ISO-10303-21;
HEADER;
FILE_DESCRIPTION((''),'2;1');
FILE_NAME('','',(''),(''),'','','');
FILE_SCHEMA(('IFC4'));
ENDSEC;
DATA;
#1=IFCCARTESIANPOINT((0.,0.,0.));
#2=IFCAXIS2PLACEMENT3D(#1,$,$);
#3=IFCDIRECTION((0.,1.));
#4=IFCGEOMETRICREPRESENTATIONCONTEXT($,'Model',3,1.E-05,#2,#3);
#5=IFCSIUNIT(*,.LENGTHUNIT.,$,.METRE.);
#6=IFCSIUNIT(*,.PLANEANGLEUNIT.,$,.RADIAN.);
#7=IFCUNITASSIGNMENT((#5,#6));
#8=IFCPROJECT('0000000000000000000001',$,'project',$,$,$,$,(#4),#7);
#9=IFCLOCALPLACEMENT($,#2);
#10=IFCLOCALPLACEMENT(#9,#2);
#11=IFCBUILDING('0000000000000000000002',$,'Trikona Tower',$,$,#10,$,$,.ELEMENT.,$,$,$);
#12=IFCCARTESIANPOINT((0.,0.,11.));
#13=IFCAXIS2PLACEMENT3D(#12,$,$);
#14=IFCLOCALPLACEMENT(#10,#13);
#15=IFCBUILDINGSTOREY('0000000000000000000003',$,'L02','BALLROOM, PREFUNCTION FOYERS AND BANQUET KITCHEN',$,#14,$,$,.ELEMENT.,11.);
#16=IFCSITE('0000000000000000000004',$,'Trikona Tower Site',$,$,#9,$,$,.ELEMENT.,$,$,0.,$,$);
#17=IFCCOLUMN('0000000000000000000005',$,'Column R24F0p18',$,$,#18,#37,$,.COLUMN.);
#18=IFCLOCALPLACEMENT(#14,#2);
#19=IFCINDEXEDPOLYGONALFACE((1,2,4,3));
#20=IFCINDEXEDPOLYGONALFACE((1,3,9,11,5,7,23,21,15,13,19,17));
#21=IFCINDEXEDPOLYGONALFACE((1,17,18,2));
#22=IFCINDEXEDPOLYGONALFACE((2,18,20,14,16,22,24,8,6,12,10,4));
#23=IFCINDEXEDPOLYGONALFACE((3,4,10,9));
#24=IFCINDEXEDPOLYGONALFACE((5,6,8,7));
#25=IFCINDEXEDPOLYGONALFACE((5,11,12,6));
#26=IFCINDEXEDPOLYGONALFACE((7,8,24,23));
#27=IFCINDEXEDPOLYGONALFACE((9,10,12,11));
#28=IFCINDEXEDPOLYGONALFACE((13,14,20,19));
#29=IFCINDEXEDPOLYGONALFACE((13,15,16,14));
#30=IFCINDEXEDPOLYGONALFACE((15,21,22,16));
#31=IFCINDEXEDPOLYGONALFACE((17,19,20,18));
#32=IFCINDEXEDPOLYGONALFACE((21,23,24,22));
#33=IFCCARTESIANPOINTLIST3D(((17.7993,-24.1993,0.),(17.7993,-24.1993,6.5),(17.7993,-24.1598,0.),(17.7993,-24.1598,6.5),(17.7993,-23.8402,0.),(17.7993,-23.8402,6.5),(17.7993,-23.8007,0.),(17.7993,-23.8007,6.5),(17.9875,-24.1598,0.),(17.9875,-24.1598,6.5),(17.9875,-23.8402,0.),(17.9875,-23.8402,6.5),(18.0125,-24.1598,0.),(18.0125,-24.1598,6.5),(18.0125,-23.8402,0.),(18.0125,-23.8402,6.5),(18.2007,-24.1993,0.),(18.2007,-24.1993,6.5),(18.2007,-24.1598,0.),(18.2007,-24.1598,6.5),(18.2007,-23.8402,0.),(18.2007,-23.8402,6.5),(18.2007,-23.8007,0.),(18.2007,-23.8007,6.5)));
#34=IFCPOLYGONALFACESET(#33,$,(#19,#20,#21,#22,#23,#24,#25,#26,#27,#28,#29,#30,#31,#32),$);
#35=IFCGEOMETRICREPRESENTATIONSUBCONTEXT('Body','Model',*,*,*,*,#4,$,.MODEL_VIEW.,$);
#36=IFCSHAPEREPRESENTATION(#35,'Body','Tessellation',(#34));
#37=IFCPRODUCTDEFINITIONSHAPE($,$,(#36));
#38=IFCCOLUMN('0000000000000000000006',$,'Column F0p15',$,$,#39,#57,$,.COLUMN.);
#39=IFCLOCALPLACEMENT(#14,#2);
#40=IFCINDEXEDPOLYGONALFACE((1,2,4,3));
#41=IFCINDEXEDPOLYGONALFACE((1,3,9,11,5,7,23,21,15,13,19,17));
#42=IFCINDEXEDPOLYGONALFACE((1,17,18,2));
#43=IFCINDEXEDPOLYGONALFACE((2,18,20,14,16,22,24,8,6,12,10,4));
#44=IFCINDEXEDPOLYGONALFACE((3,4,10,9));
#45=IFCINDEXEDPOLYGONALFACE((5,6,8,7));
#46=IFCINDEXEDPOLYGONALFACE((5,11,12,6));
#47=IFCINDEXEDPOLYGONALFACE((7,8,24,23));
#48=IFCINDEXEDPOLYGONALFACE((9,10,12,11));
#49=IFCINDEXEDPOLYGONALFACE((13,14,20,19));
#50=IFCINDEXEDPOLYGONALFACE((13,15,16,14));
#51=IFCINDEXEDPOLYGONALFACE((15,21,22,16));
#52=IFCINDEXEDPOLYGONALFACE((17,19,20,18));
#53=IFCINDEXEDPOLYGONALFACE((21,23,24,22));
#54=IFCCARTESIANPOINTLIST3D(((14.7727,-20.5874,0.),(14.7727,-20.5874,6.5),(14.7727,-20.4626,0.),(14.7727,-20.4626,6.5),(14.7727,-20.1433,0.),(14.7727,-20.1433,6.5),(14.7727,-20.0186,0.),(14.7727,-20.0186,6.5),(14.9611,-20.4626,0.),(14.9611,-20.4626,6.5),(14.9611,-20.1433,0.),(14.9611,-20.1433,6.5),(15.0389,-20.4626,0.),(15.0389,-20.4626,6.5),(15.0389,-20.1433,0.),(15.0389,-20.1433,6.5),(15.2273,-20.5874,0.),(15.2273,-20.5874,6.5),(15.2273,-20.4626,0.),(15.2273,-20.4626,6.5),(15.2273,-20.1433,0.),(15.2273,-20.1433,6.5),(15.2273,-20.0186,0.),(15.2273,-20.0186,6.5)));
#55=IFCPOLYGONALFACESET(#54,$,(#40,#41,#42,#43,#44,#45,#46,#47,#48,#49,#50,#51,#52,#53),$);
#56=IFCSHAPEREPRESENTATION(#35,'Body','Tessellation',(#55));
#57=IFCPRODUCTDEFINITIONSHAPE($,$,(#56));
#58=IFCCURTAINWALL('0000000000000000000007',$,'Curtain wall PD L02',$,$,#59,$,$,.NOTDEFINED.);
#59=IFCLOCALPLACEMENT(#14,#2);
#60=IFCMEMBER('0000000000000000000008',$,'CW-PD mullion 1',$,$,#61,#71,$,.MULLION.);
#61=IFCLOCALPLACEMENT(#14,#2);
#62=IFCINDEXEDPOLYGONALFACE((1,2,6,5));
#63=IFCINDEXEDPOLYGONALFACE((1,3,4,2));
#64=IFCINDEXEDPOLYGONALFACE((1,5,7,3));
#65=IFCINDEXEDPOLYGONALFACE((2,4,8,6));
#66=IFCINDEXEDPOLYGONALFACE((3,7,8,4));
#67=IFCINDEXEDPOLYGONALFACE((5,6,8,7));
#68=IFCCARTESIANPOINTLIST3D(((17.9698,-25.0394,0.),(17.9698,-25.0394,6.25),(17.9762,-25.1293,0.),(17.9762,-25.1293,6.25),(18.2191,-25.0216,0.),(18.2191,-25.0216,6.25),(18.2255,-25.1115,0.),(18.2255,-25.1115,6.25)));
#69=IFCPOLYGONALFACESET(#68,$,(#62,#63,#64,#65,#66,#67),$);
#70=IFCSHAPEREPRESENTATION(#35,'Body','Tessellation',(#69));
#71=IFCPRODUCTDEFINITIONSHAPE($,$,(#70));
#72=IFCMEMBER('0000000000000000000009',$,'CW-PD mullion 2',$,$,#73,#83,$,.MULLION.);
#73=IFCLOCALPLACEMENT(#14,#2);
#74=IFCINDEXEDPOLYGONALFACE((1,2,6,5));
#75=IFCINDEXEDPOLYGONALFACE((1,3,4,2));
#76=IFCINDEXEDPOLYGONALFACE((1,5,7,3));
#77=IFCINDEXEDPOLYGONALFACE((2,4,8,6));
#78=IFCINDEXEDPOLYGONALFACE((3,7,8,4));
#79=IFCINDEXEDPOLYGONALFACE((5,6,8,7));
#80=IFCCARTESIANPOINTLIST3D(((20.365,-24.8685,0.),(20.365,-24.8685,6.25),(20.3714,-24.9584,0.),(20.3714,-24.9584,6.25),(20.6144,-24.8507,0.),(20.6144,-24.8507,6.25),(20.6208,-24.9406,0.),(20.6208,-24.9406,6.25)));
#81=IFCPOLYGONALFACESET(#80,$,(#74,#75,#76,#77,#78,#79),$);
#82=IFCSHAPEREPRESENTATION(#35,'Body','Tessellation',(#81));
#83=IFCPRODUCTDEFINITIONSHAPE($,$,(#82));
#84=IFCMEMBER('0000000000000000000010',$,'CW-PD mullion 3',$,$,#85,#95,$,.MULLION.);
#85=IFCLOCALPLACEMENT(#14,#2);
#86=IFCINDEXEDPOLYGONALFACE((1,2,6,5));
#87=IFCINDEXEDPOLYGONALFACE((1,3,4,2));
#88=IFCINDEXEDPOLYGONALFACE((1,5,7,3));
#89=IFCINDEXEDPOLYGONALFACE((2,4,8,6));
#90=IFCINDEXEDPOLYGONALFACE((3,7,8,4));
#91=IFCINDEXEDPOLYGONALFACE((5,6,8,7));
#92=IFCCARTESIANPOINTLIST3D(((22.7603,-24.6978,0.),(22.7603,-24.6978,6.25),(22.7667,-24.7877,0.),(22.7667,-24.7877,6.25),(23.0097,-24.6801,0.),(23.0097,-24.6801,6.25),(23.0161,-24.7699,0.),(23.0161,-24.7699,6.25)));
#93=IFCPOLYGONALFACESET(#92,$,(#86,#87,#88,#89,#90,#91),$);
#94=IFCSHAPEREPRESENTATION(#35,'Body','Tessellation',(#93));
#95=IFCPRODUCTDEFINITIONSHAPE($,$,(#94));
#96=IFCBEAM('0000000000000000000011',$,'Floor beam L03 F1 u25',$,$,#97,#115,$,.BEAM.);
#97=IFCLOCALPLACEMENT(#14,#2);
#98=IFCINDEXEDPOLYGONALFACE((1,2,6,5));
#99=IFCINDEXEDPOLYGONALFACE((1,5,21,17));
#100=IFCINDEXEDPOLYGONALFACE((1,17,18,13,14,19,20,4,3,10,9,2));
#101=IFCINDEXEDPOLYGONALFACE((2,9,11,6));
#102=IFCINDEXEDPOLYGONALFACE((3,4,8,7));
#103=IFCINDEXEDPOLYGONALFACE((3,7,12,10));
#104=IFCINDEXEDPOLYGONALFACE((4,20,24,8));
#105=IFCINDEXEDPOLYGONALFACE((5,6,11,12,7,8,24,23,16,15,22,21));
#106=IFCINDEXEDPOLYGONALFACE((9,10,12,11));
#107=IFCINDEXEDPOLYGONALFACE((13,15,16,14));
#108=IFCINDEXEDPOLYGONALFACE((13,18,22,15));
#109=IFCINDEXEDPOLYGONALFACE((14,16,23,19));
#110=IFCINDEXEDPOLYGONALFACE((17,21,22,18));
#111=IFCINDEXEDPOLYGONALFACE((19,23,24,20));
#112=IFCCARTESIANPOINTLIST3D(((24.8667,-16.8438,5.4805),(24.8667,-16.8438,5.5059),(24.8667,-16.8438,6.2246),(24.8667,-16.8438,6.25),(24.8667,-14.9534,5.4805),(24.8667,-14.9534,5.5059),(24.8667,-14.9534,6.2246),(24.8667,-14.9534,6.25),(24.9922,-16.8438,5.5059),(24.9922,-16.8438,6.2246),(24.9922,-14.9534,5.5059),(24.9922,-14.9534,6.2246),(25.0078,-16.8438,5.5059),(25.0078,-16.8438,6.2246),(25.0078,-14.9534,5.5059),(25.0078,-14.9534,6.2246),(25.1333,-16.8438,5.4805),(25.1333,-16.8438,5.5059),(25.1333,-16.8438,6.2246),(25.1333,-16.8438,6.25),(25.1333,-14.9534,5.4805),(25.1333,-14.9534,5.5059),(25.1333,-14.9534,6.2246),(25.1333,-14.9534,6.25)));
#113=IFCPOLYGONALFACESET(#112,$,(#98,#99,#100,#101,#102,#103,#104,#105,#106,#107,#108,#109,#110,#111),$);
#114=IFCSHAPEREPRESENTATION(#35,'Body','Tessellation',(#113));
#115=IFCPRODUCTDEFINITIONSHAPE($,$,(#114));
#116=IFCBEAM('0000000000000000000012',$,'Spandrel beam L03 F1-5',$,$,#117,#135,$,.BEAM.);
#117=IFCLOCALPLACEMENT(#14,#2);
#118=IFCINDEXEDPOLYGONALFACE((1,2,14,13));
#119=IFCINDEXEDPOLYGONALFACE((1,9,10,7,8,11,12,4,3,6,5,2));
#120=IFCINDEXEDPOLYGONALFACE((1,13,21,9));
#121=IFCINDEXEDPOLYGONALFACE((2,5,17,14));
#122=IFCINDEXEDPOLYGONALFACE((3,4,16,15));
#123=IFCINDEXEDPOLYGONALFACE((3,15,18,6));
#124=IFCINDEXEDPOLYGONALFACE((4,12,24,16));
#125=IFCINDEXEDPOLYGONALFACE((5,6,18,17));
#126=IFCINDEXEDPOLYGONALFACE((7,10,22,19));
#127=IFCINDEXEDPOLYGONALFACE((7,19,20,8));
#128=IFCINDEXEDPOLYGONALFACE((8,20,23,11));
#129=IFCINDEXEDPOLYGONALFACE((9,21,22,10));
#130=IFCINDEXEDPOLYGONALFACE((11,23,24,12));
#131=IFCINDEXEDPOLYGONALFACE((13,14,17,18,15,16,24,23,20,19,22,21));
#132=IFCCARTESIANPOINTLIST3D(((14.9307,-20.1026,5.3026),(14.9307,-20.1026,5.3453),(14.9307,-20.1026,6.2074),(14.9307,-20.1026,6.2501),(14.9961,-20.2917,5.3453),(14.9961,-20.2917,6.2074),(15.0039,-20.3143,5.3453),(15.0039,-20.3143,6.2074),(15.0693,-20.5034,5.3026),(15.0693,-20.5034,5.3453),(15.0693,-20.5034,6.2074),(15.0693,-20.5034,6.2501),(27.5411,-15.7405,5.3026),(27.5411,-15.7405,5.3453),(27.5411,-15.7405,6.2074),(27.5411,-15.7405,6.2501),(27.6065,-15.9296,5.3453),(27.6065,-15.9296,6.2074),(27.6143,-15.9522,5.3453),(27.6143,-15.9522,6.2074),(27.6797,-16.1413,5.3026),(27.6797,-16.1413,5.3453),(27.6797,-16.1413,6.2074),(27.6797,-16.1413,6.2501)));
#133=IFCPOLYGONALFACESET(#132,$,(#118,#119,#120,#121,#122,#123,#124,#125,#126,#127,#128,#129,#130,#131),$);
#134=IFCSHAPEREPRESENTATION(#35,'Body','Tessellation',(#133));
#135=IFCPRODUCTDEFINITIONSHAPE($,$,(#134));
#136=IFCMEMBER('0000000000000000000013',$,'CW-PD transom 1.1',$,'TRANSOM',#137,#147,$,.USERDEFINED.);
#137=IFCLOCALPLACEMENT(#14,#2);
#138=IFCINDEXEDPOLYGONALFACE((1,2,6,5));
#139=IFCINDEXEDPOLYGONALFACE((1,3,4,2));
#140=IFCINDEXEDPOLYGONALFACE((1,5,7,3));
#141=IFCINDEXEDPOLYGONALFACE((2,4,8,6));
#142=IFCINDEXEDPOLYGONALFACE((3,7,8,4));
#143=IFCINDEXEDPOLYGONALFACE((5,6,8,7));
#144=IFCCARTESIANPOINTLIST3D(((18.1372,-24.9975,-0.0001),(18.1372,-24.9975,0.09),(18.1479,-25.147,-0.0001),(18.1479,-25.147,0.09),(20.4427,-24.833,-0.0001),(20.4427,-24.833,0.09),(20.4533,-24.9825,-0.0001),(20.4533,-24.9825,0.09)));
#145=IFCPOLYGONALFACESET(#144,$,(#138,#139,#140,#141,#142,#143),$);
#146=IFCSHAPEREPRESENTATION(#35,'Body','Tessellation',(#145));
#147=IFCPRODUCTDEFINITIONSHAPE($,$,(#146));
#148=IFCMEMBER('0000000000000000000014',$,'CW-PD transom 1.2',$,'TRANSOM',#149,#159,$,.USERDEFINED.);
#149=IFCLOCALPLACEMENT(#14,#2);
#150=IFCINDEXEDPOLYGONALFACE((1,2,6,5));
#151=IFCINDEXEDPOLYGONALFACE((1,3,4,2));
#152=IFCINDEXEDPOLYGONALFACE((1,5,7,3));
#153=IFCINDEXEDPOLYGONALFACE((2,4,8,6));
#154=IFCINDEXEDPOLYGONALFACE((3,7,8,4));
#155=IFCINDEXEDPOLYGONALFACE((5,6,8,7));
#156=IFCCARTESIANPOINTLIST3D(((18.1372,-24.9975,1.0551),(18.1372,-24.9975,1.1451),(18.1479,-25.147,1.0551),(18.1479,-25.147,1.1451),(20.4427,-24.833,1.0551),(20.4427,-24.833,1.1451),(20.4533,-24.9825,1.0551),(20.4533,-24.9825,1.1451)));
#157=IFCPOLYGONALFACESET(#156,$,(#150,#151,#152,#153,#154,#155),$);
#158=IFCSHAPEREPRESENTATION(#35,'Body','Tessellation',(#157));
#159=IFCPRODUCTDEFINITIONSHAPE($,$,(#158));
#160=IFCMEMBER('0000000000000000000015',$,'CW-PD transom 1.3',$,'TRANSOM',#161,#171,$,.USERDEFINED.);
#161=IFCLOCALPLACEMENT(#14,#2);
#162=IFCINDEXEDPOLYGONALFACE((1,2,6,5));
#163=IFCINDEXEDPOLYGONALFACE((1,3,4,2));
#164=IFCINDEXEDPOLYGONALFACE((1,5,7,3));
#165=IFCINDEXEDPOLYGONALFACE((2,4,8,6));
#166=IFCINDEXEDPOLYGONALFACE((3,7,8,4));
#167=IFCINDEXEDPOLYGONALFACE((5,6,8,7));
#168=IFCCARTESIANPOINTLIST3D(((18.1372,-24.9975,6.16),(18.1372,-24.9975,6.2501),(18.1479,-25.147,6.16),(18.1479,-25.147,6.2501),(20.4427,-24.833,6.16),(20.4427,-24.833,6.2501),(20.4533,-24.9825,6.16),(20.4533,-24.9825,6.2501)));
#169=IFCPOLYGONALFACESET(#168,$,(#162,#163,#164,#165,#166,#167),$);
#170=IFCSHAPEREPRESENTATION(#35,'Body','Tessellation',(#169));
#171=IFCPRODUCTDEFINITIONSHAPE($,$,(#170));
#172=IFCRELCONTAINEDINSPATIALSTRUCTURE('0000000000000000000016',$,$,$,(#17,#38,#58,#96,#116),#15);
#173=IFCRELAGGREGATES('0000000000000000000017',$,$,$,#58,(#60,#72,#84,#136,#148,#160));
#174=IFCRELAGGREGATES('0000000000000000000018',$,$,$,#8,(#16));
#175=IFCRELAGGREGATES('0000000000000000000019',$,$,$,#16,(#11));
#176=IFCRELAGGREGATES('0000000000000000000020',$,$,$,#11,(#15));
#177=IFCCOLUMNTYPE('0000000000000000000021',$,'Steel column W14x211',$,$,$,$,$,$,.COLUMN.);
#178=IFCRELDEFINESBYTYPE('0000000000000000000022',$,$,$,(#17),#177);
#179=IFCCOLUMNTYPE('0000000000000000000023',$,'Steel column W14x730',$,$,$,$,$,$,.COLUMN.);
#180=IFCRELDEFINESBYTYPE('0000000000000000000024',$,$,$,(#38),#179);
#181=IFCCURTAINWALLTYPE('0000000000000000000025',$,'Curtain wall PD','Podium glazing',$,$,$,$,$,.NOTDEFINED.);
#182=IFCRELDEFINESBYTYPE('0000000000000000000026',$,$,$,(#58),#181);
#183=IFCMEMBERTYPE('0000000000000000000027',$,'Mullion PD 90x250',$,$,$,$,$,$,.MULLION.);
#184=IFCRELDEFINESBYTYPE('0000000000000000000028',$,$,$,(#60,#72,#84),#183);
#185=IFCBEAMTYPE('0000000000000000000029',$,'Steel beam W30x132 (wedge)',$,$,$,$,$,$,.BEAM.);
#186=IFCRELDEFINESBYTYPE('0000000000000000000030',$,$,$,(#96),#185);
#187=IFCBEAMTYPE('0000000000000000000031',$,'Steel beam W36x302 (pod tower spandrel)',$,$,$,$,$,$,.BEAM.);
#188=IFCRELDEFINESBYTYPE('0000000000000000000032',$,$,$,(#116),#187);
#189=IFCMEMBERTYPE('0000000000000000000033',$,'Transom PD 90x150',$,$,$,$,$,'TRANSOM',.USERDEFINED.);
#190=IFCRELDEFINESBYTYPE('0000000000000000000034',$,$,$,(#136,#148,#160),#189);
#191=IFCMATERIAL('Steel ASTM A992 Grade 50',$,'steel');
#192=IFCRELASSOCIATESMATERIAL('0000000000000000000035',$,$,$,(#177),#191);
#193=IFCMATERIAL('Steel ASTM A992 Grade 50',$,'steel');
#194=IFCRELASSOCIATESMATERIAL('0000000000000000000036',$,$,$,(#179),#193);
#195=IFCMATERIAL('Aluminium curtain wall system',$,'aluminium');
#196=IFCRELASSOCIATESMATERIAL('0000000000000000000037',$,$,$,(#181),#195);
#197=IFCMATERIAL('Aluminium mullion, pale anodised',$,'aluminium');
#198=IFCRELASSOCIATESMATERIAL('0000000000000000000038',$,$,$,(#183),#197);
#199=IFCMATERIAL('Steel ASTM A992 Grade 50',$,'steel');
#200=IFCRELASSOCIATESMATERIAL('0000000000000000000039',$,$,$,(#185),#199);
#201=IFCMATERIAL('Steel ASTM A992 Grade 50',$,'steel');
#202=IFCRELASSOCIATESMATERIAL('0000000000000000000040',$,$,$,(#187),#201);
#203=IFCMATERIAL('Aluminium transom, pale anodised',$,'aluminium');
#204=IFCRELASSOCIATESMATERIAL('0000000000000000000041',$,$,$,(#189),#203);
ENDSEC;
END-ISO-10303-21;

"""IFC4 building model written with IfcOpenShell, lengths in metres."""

from ifc_helpers import new_model, si_unit, direction, frame, origin, origin_2d, place, context, subcontext, project, spatial, rectangle, i_section, extrude, material, material_profile, profile_set, type_object, element, aggregate, save


model = new_model("IFC4")

# Units and contexts
model_context = context("Model", 3, precision=1e-05, world=origin(), true_north=direction((0.0, 1.0)))
body_context = subcontext(model_context, "Body", "Model", "MODEL_VIEW")
ifc_project = project(units=[si_unit("LENGTHUNIT", "METRE"), si_unit("PLANEANGLEUNIT", "RADIAN")], contexts=[model_context])

# Site, building, storey
site_placement = place(None, origin())
site = spatial("IfcSite", under=ifc_project, at=site_placement, Name="Trikona Tower Site", CompositionType="ELEMENT", RefElevation=0.0)
building_placement = place(site_placement, origin())
building = spatial("IfcBuilding", under=site, at=building_placement, Name="Trikona Tower", CompositionType="ELEMENT")
storey_placement = place(building_placement, frame((0.0, 0.0, 11.0)))
storey = spatial("IfcBuildingStorey", under=building, at=storey_placement, Name="L02", Description="BALLROOM, PREFUNCTION FOYERS AND BANQUET KITCHEN", CompositionType="ELEMENT", Elevation=11.0)

# Columns
ifc_material_1 = material(Name="Steel ASTM A992 Grade 50", Category="steel")
ifc_material_profile_1 = material_profile(ifc_material_1, i_section(OverallWidth=0.4014, OverallDepth=0.3987, WebThickness=0.0249, FlangeThickness=0.0396, at=origin_2d()), Name="W14X211")
ifc_profile_set_1 = profile_set([ifc_material_profile_1], Name="Steel ASTM A992 Grade 50")
column_type_1 = type_object("IfcColumnType", Name="Steel column W14x211", PredefinedType="COLUMN", material=ifc_profile_set_1)
column_1_placement = place(storey_placement, frame((18.0, -24.0, 0.0), z_axis=(0.0, 0.0, 1.0), x_axis=(1.0, 0.0, 0.0)))
element("IfcColumn", 1, at=column_1_placement, inside=storey, type_object=column_type_1, Name="Column R24F0p18", PredefinedType="COLUMN", context=body_context, shape_type="SweptSolid", body=[
    extrude(i_section(OverallWidth=0.4014, OverallDepth=0.3987, WebThickness=0.0249, FlangeThickness=0.0396, at=origin_2d()), origin(), (0.0, 0.0, 1.0), 6.5),
])
ifc_material_2 = material(Name="Steel ASTM A992 Grade 50", Category="steel")
ifc_material_profile_2 = material_profile(ifc_material_2, i_section(OverallWidth=0.4546, OverallDepth=0.5688, WebThickness=0.0779, FlangeThickness=0.1248, at=origin_2d()), Name="W14X730")
ifc_profile_set_2 = profile_set([ifc_material_profile_2], Name="Steel ASTM A992 Grade 50")
column_type_2 = type_object("IfcColumnType", Name="Steel column W14x730", PredefinedType="COLUMN", material=ifc_profile_set_2)
column_2_placement = place(storey_placement, frame((15.0, -20.303, 0.0), z_axis=(0.0, 0.0, 1.0), x_axis=(1.0, 0.0, 0.0)))
element("IfcColumn", 2, at=column_2_placement, inside=storey, type_object=column_type_2, Name="Column F0p15", PredefinedType="COLUMN", context=body_context, shape_type="SweptSolid", body=[
    extrude(i_section(OverallWidth=0.4546, OverallDepth=0.5688, WebThickness=0.0779, FlangeThickness=0.1248, at=origin_2d()), origin(), (0.0, 0.0, 1.0), 6.5),
])

# Curtain wall, members
ifc_material_3 = material(Name="Aluminium curtain wall system", Category="aluminium")
curtain_wall_type = type_object("IfcCurtainWallType", Name="Curtain wall PD", Description="Podium glazing", PredefinedType="NOTDEFINED", material=ifc_material_3)
curtain_wall_placement = place(storey_placement, origin())
curtain_wall = element("IfcCurtainWall", 3, at=curtain_wall_placement, inside=storey, type_object=curtain_wall_type, Name="Curtain wall PD L02", PredefinedType="NOTDEFINED")
ifc_material_4 = material(Name="Aluminium mullion, pale anodised", Category="aluminium")
ifc_material_profile_3 = material_profile(ifc_material_4, rectangle(XDim=0.0901, YDim=0.25, at=origin_2d()), Name="MUL-PD")
ifc_profile_set_3 = profile_set([ifc_material_profile_3], Name="Aluminium mullion, pale anodised")
member_type_1 = type_object("IfcMemberType", Name="Mullion PD 90x250", PredefinedType="MULLION", material=ifc_profile_set_3)
member_1_placement = place(storey_placement, frame((18.0977, -25.0754, 0.0), z_axis=(0.0, 0.0, 1.0), x_axis=(-0.071126, 0.997467, 0.0)))
member_1 = element("IfcMember", 4, at=member_1_placement, type_object=member_type_1, Name="CW-PD mullion 1", PredefinedType="MULLION", context=body_context, shape_type="SweptSolid", body=[
    extrude(rectangle(XDim=0.0901, YDim=0.25, at=origin_2d()), origin(), (0.0, 0.0, 1.0), 6.25),
])
member_2_placement = place(storey_placement, frame((20.4929, -24.9045, 0.0), z_axis=(0.0, 0.0, 1.0), x_axis=(-0.071126, 0.997467, 0.0)))
member_2 = element("IfcMember", 5, at=member_2_placement, type_object=member_type_1, Name="CW-PD mullion 2", PredefinedType="MULLION", context=body_context, shape_type="SweptSolid", body=[
    extrude(rectangle(XDim=0.0901, YDim=0.25, at=origin_2d()), origin(), (0.0, 0.0, 1.0), 6.25),
])
member_3_placement = place(storey_placement, frame((22.8882, -24.7339, 0.0), z_axis=(0.0, 0.0, 1.0), x_axis=(-0.071126, 0.997467, 0.0)))
member_3 = element("IfcMember", 6, at=member_3_placement, type_object=member_type_1, Name="CW-PD mullion 3", PredefinedType="MULLION", context=body_context, shape_type="SweptSolid", body=[
    extrude(rectangle(XDim=0.0901, YDim=0.25, at=origin_2d()), origin(), (0.0, 0.0, 1.0), 6.25),
])

# Beams
ifc_material_5 = material(Name="Steel ASTM A992 Grade 50", Category="steel")
ifc_material_profile_4 = material_profile(ifc_material_5, i_section(OverallWidth=0.2666, OverallDepth=0.7695, WebThickness=0.0156, FlangeThickness=0.0254, at=origin_2d()), Name="W30X132")
ifc_profile_set_4 = profile_set([ifc_material_profile_4], Name="Steel ASTM A992 Grade 50")
beam_type_1 = type_object("IfcBeamType", Name="Steel beam W30x132 (wedge)", PredefinedType="BEAM", material=ifc_profile_set_4)
beam_1_placement = place(storey_placement, frame((25.0, -14.9534, 5.8652), z_axis=(0.0, -1.0, 0.0), x_axis=(1.0, 0.0, 0.0)))
element("IfcBeam", 7, at=beam_1_placement, inside=storey, type_object=beam_type_1, Name="Floor beam L03 F1 u25", PredefinedType="BEAM", context=body_context, shape_type="SweptSolid", body=[
    extrude(i_section(OverallWidth=0.2666, OverallDepth=0.7695, WebThickness=0.0156, FlangeThickness=0.0254, at=origin_2d()), origin(), (0.0, 0.0, 1.0), 1.8904),
])
ifc_material_6 = material(Name="Steel ASTM A992 Grade 50", Category="steel")
ifc_material_profile_5 = material_profile(ifc_material_6, i_section(OverallWidth=0.4241, OverallDepth=0.9475, WebThickness=0.0239, FlangeThickness=0.0427, at=origin_2d()), Name="W36X302")
ifc_profile_set_5 = profile_set([ifc_material_profile_5], Name="Steel ASTM A992 Grade 50")
beam_type_2 = type_object("IfcBeamType", Name="Steel beam W36x302 (pod tower spandrel)", PredefinedType="BEAM", material=ifc_profile_set_5)
beam_2_placement = place(storey_placement, frame((15.0, -20.303, 5.7764), z_axis=(0.945057, 0.326906, 0.0), x_axis=(-0.326906, 0.945057, 0.0)))
element("IfcBeam", 8, at=beam_2_placement, inside=storey, type_object=beam_type_2, Name="Spandrel beam L03 F1-5", PredefinedType="BEAM", context=body_context, shape_type="SweptSolid", body=[
    extrude(i_section(OverallWidth=0.4241, OverallDepth=0.9475, WebThickness=0.0239, FlangeThickness=0.0427, at=origin_2d()), origin(), (0.0, 0.0, 1.0), 13.3435),
])

# Members
ifc_material_7 = material(Name="Aluminium transom, pale anodised", Category="aluminium")
ifc_material_profile_6 = material_profile(ifc_material_7, rectangle(XDim=0.1499, YDim=0.0901, at=origin_2d()), Name="TRN-PD")
ifc_profile_set_6 = profile_set([ifc_material_profile_6], Name="Aluminium transom, pale anodised")
member_type_2 = type_object("IfcMemberType", Name="Transom PD 90x150", ElementType="TRANSOM", PredefinedType="USERDEFINED", material=ifc_profile_set_6)
member_4_placement = place(storey_placement, frame((18.1426, -25.0723, 0.0449), z_axis=(0.997462, 0.071195, 0.0), x_axis=(-0.071195, 0.997462, 0.0)))
member_4 = element("IfcMember", 9, at=member_4_placement, type_object=member_type_2, Name="CW-PD transom 1.1", ObjectType="TRANSOM", PredefinedType="USERDEFINED", context=body_context, shape_type="SweptSolid", body=[
    extrude(rectangle(XDim=0.1499, YDim=0.0901, at=origin_2d()), origin(), (0.0, 0.0, 1.0), 2.3113),
])
member_5_placement = place(storey_placement, frame((18.1426, -25.0723, 1.1001), z_axis=(0.997462, 0.071195, 0.0), x_axis=(-0.071195, 0.997462, 0.0)))
member_5 = element("IfcMember", 10, at=member_5_placement, type_object=member_type_2, Name="CW-PD transom 1.2", ObjectType="TRANSOM", PredefinedType="USERDEFINED", context=body_context, shape_type="SweptSolid", body=[
    extrude(rectangle(XDim=0.1499, YDim=0.0901, at=origin_2d()), origin(), (0.0, 0.0, 1.0), 2.3113),
])
member_6_placement = place(storey_placement, frame((18.1426, -25.0723, 6.2051), z_axis=(0.997462, 0.071195, 0.0), x_axis=(-0.071195, 0.997462, 0.0)))
member_6 = element("IfcMember", 11, at=member_6_placement, type_object=member_type_2, Name="CW-PD transom 1.3", ObjectType="TRANSOM", PredefinedType="USERDEFINED", context=body_context, shape_type="SweptSolid", body=[
    extrude(rectangle(XDim=0.1499, YDim=0.0901, at=origin_2d()), origin(), (0.0, 0.0, 1.0), 2.3113),
])

aggregate(curtain_wall, [member_1, member_2, member_3, member_4, member_5, member_6])

save(model, "model.ifc")
